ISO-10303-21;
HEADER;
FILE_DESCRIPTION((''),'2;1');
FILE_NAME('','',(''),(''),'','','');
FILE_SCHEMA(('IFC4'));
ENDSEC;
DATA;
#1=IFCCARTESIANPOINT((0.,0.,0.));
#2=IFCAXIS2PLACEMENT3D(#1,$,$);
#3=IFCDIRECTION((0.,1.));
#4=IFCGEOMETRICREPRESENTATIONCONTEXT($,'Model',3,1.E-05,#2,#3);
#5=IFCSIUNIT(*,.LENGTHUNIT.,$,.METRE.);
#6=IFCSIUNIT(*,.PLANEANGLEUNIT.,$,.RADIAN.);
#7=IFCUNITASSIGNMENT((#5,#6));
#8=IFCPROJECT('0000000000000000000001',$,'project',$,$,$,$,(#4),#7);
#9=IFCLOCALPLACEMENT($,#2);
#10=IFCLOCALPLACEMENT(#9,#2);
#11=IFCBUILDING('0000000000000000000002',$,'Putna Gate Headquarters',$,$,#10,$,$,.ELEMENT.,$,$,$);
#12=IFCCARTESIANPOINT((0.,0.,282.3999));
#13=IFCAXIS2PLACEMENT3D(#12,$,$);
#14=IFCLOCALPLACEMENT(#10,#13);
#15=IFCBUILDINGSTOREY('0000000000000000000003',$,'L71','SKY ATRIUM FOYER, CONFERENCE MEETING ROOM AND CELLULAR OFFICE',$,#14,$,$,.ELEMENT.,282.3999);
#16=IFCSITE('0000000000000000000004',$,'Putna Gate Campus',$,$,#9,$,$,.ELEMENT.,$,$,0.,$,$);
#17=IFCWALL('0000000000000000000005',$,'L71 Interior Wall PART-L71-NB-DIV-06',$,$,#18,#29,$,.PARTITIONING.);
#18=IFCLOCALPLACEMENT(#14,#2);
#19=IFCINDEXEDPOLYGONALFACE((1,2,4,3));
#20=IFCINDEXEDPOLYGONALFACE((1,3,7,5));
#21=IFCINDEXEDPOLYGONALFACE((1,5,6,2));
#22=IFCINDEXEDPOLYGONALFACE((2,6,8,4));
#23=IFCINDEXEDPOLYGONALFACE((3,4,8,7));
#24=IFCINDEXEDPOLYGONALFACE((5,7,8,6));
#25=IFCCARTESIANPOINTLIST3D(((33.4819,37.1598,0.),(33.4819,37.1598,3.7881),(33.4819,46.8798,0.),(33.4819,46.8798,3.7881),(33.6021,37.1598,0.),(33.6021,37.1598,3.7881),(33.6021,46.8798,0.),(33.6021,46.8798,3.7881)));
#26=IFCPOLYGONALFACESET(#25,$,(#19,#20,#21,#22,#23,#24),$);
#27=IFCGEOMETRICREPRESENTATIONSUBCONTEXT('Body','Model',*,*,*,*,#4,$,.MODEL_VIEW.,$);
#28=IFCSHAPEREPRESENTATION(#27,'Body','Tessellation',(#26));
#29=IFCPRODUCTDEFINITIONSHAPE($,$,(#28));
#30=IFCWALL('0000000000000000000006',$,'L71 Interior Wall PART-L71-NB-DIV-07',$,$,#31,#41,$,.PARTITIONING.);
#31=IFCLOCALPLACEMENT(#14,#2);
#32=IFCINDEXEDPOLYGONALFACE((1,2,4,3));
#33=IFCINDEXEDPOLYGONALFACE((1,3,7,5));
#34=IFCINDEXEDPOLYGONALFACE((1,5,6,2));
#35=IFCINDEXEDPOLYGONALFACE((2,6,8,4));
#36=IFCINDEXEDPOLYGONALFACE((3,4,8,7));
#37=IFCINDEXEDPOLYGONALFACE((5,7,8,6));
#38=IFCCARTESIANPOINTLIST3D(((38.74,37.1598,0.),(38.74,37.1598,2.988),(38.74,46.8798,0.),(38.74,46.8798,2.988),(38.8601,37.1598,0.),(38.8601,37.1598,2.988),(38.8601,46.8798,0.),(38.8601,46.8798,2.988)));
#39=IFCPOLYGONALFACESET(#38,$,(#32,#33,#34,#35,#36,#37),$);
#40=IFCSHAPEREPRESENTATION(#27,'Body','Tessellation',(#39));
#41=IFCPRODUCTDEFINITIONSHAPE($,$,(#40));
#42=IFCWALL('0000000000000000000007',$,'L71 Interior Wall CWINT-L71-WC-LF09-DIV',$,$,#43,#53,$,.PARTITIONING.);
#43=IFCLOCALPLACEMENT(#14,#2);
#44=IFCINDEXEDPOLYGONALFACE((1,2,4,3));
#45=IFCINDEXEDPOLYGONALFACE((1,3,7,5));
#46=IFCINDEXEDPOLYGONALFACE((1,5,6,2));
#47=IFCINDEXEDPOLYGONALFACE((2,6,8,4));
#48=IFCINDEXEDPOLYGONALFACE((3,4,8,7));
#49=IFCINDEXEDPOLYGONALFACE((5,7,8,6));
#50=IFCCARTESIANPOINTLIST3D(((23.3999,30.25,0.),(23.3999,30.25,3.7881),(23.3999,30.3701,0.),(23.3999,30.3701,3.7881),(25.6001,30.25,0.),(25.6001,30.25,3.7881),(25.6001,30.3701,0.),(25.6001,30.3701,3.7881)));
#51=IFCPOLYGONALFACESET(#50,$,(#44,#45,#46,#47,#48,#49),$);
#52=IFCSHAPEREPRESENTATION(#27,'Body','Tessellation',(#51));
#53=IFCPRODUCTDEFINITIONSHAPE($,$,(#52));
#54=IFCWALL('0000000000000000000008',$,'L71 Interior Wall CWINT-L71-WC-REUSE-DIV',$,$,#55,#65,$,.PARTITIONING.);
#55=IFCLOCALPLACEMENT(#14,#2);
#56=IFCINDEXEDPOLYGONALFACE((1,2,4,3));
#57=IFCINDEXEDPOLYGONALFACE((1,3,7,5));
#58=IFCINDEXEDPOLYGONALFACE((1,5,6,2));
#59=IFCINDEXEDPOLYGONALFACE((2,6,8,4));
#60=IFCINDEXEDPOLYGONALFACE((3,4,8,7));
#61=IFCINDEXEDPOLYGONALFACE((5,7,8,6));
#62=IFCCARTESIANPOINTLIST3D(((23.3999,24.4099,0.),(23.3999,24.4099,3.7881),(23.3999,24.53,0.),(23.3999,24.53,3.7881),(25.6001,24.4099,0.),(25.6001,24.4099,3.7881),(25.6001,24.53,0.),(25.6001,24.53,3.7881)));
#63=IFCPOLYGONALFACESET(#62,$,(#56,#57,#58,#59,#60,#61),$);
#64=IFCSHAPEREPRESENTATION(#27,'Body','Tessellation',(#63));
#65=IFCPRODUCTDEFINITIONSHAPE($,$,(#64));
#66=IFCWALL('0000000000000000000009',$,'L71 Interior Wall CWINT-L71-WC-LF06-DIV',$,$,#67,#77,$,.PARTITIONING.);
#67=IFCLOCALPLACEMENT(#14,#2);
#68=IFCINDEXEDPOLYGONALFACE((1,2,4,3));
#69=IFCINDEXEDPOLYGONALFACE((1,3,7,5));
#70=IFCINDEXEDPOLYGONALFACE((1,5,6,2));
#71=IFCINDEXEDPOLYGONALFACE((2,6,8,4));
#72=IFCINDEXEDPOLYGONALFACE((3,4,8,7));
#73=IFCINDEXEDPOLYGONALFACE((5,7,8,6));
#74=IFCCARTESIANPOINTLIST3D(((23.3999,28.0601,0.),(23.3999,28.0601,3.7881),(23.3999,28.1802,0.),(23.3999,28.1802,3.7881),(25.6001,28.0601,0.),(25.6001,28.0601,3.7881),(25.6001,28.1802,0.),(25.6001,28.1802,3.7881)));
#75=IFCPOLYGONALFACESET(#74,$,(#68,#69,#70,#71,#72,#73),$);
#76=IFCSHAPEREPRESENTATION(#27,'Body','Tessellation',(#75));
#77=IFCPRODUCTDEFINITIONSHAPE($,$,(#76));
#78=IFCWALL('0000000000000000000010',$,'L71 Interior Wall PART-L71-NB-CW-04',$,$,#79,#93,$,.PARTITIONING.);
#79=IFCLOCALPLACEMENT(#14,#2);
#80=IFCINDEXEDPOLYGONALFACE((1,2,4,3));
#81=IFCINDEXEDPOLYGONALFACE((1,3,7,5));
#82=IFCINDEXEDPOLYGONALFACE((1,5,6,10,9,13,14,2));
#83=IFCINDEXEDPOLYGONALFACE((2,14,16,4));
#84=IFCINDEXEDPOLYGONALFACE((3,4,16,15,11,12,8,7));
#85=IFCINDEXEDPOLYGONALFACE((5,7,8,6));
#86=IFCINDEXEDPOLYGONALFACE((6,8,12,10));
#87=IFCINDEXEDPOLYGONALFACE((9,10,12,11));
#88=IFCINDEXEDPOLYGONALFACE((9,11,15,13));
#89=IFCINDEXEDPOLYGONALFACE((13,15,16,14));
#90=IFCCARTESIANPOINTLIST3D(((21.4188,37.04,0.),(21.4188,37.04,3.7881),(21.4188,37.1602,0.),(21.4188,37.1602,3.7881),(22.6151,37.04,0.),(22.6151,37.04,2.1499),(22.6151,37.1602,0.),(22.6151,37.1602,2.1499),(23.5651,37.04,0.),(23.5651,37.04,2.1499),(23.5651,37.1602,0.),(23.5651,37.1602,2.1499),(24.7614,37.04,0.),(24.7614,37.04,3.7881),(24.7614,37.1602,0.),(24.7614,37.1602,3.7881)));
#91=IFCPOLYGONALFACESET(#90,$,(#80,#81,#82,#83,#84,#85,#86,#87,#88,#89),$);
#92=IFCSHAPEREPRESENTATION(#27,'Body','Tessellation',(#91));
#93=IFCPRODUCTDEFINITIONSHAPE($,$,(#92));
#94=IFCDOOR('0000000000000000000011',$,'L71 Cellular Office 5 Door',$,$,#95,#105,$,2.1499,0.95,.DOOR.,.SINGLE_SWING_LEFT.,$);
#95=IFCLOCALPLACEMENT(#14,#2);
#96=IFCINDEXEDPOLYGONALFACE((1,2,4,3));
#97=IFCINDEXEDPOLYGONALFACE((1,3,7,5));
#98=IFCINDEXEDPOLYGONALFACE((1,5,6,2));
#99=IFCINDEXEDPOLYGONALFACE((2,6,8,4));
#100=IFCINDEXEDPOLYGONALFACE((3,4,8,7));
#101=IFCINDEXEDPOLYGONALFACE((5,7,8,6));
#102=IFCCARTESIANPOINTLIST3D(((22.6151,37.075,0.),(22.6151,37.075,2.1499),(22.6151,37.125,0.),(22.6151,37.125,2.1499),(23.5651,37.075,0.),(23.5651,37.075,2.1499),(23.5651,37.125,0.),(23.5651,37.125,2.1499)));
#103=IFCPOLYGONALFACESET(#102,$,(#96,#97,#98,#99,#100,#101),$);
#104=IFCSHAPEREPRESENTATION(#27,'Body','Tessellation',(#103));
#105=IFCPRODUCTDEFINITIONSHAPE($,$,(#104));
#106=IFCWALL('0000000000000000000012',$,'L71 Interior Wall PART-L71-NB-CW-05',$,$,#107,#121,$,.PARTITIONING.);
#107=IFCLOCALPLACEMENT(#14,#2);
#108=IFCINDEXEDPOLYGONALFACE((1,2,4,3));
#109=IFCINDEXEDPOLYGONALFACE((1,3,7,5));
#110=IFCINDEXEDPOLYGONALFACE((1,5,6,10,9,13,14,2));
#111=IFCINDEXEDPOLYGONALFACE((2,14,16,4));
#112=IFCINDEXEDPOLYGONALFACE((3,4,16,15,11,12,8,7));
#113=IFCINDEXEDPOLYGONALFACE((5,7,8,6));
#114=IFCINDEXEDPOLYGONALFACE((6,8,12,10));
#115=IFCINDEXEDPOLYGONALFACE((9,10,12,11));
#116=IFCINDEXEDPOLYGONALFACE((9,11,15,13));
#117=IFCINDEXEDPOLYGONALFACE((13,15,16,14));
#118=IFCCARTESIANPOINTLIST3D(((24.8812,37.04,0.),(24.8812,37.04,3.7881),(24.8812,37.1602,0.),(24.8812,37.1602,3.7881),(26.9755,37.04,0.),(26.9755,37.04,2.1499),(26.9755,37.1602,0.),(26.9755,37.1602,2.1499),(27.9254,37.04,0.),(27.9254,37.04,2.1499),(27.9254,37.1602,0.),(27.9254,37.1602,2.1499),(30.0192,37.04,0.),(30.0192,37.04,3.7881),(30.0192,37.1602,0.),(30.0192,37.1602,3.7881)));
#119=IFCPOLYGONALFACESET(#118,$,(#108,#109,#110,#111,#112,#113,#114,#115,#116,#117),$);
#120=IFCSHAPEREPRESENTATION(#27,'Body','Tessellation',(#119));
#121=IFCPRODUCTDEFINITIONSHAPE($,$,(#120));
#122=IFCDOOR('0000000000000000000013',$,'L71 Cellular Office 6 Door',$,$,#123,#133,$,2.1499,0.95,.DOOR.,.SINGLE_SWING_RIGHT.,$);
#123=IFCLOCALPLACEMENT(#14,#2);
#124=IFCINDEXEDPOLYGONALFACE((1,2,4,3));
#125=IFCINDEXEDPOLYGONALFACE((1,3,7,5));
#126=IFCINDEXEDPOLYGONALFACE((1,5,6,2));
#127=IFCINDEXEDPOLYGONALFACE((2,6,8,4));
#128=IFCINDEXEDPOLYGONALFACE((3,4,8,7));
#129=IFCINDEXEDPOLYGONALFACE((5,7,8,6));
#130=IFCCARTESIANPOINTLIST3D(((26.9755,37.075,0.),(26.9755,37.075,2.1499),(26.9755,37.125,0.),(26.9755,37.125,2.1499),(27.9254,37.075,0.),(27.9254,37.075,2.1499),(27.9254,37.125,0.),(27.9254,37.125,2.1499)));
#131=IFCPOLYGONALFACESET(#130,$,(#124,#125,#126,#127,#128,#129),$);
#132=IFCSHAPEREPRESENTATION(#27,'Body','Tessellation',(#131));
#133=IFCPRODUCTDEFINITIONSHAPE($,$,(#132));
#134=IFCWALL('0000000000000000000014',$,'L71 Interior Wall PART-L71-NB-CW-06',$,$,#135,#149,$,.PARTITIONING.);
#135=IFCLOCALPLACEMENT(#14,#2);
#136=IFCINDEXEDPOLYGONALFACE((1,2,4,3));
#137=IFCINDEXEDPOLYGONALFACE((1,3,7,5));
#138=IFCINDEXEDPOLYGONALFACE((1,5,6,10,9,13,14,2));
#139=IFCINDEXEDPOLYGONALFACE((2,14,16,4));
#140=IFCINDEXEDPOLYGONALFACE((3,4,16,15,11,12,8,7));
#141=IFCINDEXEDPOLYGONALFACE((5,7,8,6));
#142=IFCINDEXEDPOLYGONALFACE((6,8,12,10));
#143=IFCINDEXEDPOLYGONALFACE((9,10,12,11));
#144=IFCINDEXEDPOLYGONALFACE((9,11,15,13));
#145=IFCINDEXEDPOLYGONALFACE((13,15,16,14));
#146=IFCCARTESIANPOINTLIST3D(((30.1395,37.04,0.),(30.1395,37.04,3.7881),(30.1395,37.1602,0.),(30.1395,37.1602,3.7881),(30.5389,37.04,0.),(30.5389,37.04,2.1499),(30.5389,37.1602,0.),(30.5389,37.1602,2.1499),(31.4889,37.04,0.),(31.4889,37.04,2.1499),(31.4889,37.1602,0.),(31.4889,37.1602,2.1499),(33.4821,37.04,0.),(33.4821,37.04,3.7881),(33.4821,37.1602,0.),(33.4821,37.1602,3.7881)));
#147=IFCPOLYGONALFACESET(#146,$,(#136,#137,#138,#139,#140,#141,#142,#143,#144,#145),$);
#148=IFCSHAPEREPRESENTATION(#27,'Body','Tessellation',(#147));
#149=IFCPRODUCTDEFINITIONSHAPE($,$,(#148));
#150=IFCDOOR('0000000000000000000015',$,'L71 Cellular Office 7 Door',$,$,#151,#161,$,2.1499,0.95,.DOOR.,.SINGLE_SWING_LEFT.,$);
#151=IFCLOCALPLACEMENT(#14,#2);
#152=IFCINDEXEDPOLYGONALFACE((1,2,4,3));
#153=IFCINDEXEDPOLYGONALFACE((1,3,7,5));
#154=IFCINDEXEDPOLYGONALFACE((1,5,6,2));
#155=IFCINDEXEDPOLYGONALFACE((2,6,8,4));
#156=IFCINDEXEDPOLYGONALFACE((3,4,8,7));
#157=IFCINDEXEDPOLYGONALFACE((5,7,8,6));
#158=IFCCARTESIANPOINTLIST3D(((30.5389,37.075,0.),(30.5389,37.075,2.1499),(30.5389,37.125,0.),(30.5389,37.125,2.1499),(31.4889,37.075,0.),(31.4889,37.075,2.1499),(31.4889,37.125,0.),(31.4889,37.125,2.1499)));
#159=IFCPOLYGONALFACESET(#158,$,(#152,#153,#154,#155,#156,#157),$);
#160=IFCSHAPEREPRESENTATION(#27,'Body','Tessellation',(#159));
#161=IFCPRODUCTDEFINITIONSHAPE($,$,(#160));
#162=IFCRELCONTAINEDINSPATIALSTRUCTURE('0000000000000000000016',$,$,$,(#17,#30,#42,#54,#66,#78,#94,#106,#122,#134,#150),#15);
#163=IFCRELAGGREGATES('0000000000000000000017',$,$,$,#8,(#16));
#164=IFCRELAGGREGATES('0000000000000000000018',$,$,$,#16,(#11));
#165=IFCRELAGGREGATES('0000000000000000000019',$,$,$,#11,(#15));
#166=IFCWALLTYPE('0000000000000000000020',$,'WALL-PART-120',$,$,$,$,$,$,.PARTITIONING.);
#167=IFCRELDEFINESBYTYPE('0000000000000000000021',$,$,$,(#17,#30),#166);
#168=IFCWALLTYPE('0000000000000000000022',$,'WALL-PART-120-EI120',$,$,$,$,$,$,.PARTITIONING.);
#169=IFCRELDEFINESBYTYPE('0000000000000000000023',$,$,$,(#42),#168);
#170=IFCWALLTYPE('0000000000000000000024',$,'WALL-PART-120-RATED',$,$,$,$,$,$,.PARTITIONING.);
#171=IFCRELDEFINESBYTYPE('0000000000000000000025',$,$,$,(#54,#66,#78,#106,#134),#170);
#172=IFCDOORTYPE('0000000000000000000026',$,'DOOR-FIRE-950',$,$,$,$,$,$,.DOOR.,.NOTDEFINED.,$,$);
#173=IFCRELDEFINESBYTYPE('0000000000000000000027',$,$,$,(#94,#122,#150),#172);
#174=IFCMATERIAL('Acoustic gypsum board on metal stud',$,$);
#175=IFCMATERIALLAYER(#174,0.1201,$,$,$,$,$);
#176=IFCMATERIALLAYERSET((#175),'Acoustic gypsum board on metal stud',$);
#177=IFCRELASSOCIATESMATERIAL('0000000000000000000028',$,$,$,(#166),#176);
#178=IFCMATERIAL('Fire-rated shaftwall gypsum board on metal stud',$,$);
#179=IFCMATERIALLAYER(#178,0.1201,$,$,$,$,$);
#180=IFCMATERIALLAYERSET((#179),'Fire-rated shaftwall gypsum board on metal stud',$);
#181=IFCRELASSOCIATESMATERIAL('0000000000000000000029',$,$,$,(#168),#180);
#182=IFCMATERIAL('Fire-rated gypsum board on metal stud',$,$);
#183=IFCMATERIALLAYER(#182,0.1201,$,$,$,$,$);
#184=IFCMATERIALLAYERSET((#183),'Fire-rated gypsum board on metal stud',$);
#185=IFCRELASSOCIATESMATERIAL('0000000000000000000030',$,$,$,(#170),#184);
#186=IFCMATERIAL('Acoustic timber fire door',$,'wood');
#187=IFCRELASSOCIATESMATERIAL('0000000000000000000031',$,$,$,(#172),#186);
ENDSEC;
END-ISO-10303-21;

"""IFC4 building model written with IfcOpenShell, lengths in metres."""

from ifc_helpers import new_model, si_unit, direction, frame, frame_2d, origin, place, context, subcontext, project, spatial, rectangle, extrude, material, layer, layer_set, type_object, element, fill, save


model = new_model("IFC4")

# Units and contexts
model_context = context("Model", 3, precision=1e-05, world=origin(), true_north=direction((0.0, 1.0)))
body_context = subcontext(model_context, "Body", "Model", "MODEL_VIEW")
ifc_project = project(units=[si_unit("LENGTHUNIT", "METRE"), si_unit("PLANEANGLEUNIT", "RADIAN")], contexts=[model_context])

# Site, building, storey
site_placement = place(None, origin())
site = spatial("IfcSite", under=ifc_project, at=site_placement, Name="Putna Gate Campus", CompositionType="ELEMENT", RefElevation=0.0)
building_placement = place(site_placement, origin())
building = spatial("IfcBuilding", under=site, at=building_placement, Name="Putna Gate Headquarters", CompositionType="ELEMENT")
storey_placement = place(building_placement, frame((0.0, 0.0, 282.3999)))
storey = spatial("IfcBuildingStorey", under=building, at=storey_placement, Name="L71", Description="SKY ATRIUM FOYER, CONFERENCE MEETING ROOM AND CELLULAR OFFICE", CompositionType="ELEMENT", Elevation=282.3999)

# Walls
ifc_material_1 = material(Name="Acoustic gypsum board on metal stud")
ifc_layer_1 = layer(ifc_material_1, 0.1201)
ifc_layer_set_1 = layer_set([ifc_layer_1], Name="Acoustic gypsum board on metal stud")
wall_type_1 = type_object("IfcWallType", Name="WALL-PART-120", PredefinedType="PARTITIONING", material=ifc_layer_set_1)
for number, where, z_axis, x_axis, name in (
    (1, (33.542, 37.1599, 0.0), (0.0, 0.0, 1.0), (0.0, 1.0, 0.0), "L71 Interior Wall PART-L71-NB-DIV-06"),
):
    element("IfcWall", number, at=place(storey_placement, frame(where, z_axis=z_axis, x_axis=x_axis)), inside=storey, type_object=wall_type_1, Name=name, PredefinedType="PARTITIONING", context=body_context, shape_type="SweptSolid", body=[
        extrude(rectangle(XDim=9.72, YDim=0.1201, at=frame_2d((4.8599, 0.0))), origin(), (0.0, 0.0, 1.0), 3.7881),
    ])
wall_1_placement = place(storey_placement, frame((38.8, 37.1599, 0.0), z_axis=(0.0, 0.0, 1.0), x_axis=(0.0, 1.0, 0.0)))
element("IfcWall", 2, at=wall_1_placement, inside=storey, type_object=wall_type_1, Name="L71 Interior Wall PART-L71-NB-DIV-07", PredefinedType="PARTITIONING", context=body_context, shape_type="SweptSolid", body=[
    extrude(rectangle(XDim=9.72, YDim=0.1201, at=frame_2d((4.8599, 0.0))), origin(), (0.0, 0.0, 1.0), 2.988),
])
ifc_material_2 = material(Name="Fire-rated shaftwall gypsum board on metal stud")
ifc_layer_2 = layer(ifc_material_2, 0.1201)
ifc_layer_set_2 = layer_set([ifc_layer_2], Name="Fire-rated shaftwall gypsum board on metal stud")
wall_type_2 = type_object("IfcWallType", Name="WALL-PART-120-EI120", PredefinedType="PARTITIONING", material=ifc_layer_set_2)
wall_2_placement = place(storey_placement, frame((23.3999, 30.3101, 0.0), z_axis=(0.0, 0.0, 1.0), x_axis=(1.0, 0.0, 0.0)))
element("IfcWall", 3, at=wall_2_placement, inside=storey, type_object=wall_type_2, Name="L71 Interior Wall CWINT-L71-WC-LF09-DIV", PredefinedType="PARTITIONING", context=body_context, shape_type="SweptSolid", body=[
    extrude(rectangle(XDim=2.2002, YDim=0.1201, at=frame_2d((1.1001, 0.0))), origin(), (0.0, 0.0, 1.0), 3.7881),
])
ifc_material_3 = material(Name="Fire-rated gypsum board on metal stud")
ifc_layer_3 = layer(ifc_material_3, 0.1201)
ifc_layer_set_3 = layer_set([ifc_layer_3], Name="Fire-rated gypsum board on metal stud")
wall_type_3 = type_object("IfcWallType", Name="WALL-PART-120-RATED", PredefinedType="PARTITIONING", material=ifc_layer_set_3)
for number, where, z_axis, x_axis, name in (
    (4, (23.3999, 24.47, 0.0), (0.0, 0.0, 1.0), (1.0, 0.0, 0.0), "L71 Interior Wall CWINT-L71-WC-REUSE-DIV"),
    (5, (23.3999, 28.1201, 0.0), (0.0, 0.0, 1.0), (1.0, 0.0, 0.0), "L71 Interior Wall CWINT-L71-WC-LF06-DIV"),
):
    element("IfcWall", number, at=place(storey_placement, frame(where, z_axis=z_axis, x_axis=x_axis)), inside=storey, type_object=wall_type_3, Name=name, PredefinedType="PARTITIONING", context=body_context, shape_type="SweptSolid", body=[
        extrude(rectangle(XDim=2.2002, YDim=0.1201, at=frame_2d((1.1001, 0.0))), origin(), (0.0, 0.0, 1.0), 3.7881),
    ])

# Walls, openings, doors
wall_3_placement = place(storey_placement, frame((21.4187, 37.1001, 0.0), z_axis=(0.0, 0.0, 1.0), x_axis=(1.0, 0.0, 0.0)))
wall_3 = element("IfcWall", 6, at=wall_3_placement, inside=storey, type_object=wall_type_3, Name="L71 Interior Wall PART-L71-NB-CW-04", PredefinedType="PARTITIONING", context=body_context, shape_type="SweptSolid", body=[
    extrude(rectangle(XDim=3.3425, YDim=0.1201, at=frame_2d((1.6714, 0.0))), origin(), (0.0, 0.0, 1.0), 3.7881),
])
opening_1_placement = place(wall_3_placement, frame((1.1963, 0.0, 0.0)))
opening_1 = element("IfcOpeningElement", 7, at=opening_1_placement, cuts=wall_3, PredefinedType="OPENING", context=body_context, shape_type="SweptSolid", body=[
    extrude(rectangle(XDim=0.95, YDim=2.1499, at=frame_2d((0.4751, 1.075))), frame((0.0, 0.0701, 0.0), z_axis=(0.0, -1.0, 0.0), x_axis=(1.0, 0.0, 0.0)), (0.0, 0.0, 1.0), 0.1401),
])
ifc_material_4 = material(Name="Acoustic timber fire door", Category="wood")
door_type = type_object("IfcDoorType", Name="DOOR-FIRE-950", OperationType="NOTDEFINED", PredefinedType="DOOR", material=ifc_material_4)
door_1_placement = place(opening_1_placement, origin())
door_1 = element("IfcDoor", 8, at=door_1_placement, inside=storey, type_object=door_type, Name="L71 Cellular Office 5 Door", OperationType="SINGLE_SWING_LEFT", OverallHeight=2.1499, OverallWidth=0.95, PredefinedType="DOOR", context=body_context, shape_type="SweptSolid", body=[
    extrude(rectangle(XDim=0.95, YDim=2.1499, at=frame_2d((0.4751, 1.075))), frame((0.0, 0.0249, 0.0), z_axis=(0.0, -1.0, 0.0), x_axis=(1.0, 0.0, 0.0)), (0.0, 0.0, 1.0), 0.05),
])
fill(opening_1, door_1)
wall_4_placement = place(storey_placement, frame((24.8813, 37.1001, 0.0), z_axis=(0.0, 0.0, 1.0), x_axis=(1.0, 0.0, 0.0)))
wall_4 = element("IfcWall", 9, at=wall_4_placement, inside=storey, type_object=wall_type_3, Name="L71 Interior Wall PART-L71-NB-CW-05", PredefinedType="PARTITIONING", context=body_context, shape_type="SweptSolid", body=[
    extrude(rectangle(XDim=5.1379, YDim=0.1201, at=frame_2d((2.5688, 0.0))), origin(), (0.0, 0.0, 1.0), 3.7881),
])
opening_2_placement = place(wall_4_placement, frame((2.094, 0.0, 0.0)))
opening_2 = element("IfcOpeningElement", 10, at=opening_2_placement, cuts=wall_4, PredefinedType="OPENING", context=body_context, shape_type="SweptSolid", body=[
    extrude(rectangle(XDim=0.95, YDim=2.1499, at=frame_2d((0.4751, 1.075))), frame((0.0, 0.0701, 0.0), z_axis=(0.0, -1.0, 0.0), x_axis=(1.0, 0.0, 0.0)), (0.0, 0.0, 1.0), 0.1401),
])
door_2_placement = place(opening_2_placement, origin())
door_2 = element("IfcDoor", 11, at=door_2_placement, inside=storey, type_object=door_type, Name="L71 Cellular Office 6 Door", OperationType="SINGLE_SWING_RIGHT", OverallHeight=2.1499, OverallWidth=0.95, PredefinedType="DOOR", context=body_context, shape_type="SweptSolid", body=[
    extrude(rectangle(XDim=0.95, YDim=2.1499, at=frame_2d((0.4751, 1.075))), frame((0.0, 0.0249, 0.0), z_axis=(0.0, -1.0, 0.0), x_axis=(1.0, 0.0, 0.0)), (0.0, 0.0, 1.0), 0.05),
])
fill(opening_2, door_2)
wall_5_placement = place(storey_placement, frame((30.1394, 37.1001, 0.0), z_axis=(0.0, 0.0, 1.0), x_axis=(1.0, 0.0, 0.0)))
wall_5 = element("IfcWall", 12, at=wall_5_placement, inside=storey, type_object=wall_type_3, Name="L71 Interior Wall PART-L71-NB-CW-06", PredefinedType="PARTITIONING", context=body_context, shape_type="SweptSolid", body=[
    extrude(rectangle(XDim=3.3425, YDim=0.1201, at=frame_2d((1.6714, 0.0))), origin(), (0.0, 0.0, 1.0), 3.7881),
])
opening_3_placement = place(wall_5_placement, frame((0.3994, 0.0, 0.0)))
opening_3 = element("IfcOpeningElement", 13, at=opening_3_placement, cuts=wall_5, PredefinedType="OPENING", context=body_context, shape_type="SweptSolid", body=[
    extrude(rectangle(XDim=0.95, YDim=2.1499, at=frame_2d((0.4751, 1.075))), frame((0.0, 0.0701, 0.0), z_axis=(0.0, -1.0, 0.0), x_axis=(1.0, 0.0, 0.0)), (0.0, 0.0, 1.0), 0.1401),
])
door_3_placement = place(opening_3_placement, origin())
door_3 = element("IfcDoor", 14, at=door_3_placement, inside=storey, type_object=door_type, Name="L71 Cellular Office 7 Door", OperationType="SINGLE_SWING_LEFT", OverallHeight=2.1499, OverallWidth=0.95, PredefinedType="DOOR", context=body_context, shape_type="SweptSolid", body=[
    extrude(rectangle(XDim=0.95, YDim=2.1499, at=frame_2d((0.4751, 1.075))), frame((0.0, 0.0249, 0.0), z_axis=(0.0, -1.0, 0.0), x_axis=(1.0, 0.0, 0.0)), (0.0, 0.0, 1.0), 0.05),
])
fill(opening_3, door_3)

save(model, "model.ifc")
